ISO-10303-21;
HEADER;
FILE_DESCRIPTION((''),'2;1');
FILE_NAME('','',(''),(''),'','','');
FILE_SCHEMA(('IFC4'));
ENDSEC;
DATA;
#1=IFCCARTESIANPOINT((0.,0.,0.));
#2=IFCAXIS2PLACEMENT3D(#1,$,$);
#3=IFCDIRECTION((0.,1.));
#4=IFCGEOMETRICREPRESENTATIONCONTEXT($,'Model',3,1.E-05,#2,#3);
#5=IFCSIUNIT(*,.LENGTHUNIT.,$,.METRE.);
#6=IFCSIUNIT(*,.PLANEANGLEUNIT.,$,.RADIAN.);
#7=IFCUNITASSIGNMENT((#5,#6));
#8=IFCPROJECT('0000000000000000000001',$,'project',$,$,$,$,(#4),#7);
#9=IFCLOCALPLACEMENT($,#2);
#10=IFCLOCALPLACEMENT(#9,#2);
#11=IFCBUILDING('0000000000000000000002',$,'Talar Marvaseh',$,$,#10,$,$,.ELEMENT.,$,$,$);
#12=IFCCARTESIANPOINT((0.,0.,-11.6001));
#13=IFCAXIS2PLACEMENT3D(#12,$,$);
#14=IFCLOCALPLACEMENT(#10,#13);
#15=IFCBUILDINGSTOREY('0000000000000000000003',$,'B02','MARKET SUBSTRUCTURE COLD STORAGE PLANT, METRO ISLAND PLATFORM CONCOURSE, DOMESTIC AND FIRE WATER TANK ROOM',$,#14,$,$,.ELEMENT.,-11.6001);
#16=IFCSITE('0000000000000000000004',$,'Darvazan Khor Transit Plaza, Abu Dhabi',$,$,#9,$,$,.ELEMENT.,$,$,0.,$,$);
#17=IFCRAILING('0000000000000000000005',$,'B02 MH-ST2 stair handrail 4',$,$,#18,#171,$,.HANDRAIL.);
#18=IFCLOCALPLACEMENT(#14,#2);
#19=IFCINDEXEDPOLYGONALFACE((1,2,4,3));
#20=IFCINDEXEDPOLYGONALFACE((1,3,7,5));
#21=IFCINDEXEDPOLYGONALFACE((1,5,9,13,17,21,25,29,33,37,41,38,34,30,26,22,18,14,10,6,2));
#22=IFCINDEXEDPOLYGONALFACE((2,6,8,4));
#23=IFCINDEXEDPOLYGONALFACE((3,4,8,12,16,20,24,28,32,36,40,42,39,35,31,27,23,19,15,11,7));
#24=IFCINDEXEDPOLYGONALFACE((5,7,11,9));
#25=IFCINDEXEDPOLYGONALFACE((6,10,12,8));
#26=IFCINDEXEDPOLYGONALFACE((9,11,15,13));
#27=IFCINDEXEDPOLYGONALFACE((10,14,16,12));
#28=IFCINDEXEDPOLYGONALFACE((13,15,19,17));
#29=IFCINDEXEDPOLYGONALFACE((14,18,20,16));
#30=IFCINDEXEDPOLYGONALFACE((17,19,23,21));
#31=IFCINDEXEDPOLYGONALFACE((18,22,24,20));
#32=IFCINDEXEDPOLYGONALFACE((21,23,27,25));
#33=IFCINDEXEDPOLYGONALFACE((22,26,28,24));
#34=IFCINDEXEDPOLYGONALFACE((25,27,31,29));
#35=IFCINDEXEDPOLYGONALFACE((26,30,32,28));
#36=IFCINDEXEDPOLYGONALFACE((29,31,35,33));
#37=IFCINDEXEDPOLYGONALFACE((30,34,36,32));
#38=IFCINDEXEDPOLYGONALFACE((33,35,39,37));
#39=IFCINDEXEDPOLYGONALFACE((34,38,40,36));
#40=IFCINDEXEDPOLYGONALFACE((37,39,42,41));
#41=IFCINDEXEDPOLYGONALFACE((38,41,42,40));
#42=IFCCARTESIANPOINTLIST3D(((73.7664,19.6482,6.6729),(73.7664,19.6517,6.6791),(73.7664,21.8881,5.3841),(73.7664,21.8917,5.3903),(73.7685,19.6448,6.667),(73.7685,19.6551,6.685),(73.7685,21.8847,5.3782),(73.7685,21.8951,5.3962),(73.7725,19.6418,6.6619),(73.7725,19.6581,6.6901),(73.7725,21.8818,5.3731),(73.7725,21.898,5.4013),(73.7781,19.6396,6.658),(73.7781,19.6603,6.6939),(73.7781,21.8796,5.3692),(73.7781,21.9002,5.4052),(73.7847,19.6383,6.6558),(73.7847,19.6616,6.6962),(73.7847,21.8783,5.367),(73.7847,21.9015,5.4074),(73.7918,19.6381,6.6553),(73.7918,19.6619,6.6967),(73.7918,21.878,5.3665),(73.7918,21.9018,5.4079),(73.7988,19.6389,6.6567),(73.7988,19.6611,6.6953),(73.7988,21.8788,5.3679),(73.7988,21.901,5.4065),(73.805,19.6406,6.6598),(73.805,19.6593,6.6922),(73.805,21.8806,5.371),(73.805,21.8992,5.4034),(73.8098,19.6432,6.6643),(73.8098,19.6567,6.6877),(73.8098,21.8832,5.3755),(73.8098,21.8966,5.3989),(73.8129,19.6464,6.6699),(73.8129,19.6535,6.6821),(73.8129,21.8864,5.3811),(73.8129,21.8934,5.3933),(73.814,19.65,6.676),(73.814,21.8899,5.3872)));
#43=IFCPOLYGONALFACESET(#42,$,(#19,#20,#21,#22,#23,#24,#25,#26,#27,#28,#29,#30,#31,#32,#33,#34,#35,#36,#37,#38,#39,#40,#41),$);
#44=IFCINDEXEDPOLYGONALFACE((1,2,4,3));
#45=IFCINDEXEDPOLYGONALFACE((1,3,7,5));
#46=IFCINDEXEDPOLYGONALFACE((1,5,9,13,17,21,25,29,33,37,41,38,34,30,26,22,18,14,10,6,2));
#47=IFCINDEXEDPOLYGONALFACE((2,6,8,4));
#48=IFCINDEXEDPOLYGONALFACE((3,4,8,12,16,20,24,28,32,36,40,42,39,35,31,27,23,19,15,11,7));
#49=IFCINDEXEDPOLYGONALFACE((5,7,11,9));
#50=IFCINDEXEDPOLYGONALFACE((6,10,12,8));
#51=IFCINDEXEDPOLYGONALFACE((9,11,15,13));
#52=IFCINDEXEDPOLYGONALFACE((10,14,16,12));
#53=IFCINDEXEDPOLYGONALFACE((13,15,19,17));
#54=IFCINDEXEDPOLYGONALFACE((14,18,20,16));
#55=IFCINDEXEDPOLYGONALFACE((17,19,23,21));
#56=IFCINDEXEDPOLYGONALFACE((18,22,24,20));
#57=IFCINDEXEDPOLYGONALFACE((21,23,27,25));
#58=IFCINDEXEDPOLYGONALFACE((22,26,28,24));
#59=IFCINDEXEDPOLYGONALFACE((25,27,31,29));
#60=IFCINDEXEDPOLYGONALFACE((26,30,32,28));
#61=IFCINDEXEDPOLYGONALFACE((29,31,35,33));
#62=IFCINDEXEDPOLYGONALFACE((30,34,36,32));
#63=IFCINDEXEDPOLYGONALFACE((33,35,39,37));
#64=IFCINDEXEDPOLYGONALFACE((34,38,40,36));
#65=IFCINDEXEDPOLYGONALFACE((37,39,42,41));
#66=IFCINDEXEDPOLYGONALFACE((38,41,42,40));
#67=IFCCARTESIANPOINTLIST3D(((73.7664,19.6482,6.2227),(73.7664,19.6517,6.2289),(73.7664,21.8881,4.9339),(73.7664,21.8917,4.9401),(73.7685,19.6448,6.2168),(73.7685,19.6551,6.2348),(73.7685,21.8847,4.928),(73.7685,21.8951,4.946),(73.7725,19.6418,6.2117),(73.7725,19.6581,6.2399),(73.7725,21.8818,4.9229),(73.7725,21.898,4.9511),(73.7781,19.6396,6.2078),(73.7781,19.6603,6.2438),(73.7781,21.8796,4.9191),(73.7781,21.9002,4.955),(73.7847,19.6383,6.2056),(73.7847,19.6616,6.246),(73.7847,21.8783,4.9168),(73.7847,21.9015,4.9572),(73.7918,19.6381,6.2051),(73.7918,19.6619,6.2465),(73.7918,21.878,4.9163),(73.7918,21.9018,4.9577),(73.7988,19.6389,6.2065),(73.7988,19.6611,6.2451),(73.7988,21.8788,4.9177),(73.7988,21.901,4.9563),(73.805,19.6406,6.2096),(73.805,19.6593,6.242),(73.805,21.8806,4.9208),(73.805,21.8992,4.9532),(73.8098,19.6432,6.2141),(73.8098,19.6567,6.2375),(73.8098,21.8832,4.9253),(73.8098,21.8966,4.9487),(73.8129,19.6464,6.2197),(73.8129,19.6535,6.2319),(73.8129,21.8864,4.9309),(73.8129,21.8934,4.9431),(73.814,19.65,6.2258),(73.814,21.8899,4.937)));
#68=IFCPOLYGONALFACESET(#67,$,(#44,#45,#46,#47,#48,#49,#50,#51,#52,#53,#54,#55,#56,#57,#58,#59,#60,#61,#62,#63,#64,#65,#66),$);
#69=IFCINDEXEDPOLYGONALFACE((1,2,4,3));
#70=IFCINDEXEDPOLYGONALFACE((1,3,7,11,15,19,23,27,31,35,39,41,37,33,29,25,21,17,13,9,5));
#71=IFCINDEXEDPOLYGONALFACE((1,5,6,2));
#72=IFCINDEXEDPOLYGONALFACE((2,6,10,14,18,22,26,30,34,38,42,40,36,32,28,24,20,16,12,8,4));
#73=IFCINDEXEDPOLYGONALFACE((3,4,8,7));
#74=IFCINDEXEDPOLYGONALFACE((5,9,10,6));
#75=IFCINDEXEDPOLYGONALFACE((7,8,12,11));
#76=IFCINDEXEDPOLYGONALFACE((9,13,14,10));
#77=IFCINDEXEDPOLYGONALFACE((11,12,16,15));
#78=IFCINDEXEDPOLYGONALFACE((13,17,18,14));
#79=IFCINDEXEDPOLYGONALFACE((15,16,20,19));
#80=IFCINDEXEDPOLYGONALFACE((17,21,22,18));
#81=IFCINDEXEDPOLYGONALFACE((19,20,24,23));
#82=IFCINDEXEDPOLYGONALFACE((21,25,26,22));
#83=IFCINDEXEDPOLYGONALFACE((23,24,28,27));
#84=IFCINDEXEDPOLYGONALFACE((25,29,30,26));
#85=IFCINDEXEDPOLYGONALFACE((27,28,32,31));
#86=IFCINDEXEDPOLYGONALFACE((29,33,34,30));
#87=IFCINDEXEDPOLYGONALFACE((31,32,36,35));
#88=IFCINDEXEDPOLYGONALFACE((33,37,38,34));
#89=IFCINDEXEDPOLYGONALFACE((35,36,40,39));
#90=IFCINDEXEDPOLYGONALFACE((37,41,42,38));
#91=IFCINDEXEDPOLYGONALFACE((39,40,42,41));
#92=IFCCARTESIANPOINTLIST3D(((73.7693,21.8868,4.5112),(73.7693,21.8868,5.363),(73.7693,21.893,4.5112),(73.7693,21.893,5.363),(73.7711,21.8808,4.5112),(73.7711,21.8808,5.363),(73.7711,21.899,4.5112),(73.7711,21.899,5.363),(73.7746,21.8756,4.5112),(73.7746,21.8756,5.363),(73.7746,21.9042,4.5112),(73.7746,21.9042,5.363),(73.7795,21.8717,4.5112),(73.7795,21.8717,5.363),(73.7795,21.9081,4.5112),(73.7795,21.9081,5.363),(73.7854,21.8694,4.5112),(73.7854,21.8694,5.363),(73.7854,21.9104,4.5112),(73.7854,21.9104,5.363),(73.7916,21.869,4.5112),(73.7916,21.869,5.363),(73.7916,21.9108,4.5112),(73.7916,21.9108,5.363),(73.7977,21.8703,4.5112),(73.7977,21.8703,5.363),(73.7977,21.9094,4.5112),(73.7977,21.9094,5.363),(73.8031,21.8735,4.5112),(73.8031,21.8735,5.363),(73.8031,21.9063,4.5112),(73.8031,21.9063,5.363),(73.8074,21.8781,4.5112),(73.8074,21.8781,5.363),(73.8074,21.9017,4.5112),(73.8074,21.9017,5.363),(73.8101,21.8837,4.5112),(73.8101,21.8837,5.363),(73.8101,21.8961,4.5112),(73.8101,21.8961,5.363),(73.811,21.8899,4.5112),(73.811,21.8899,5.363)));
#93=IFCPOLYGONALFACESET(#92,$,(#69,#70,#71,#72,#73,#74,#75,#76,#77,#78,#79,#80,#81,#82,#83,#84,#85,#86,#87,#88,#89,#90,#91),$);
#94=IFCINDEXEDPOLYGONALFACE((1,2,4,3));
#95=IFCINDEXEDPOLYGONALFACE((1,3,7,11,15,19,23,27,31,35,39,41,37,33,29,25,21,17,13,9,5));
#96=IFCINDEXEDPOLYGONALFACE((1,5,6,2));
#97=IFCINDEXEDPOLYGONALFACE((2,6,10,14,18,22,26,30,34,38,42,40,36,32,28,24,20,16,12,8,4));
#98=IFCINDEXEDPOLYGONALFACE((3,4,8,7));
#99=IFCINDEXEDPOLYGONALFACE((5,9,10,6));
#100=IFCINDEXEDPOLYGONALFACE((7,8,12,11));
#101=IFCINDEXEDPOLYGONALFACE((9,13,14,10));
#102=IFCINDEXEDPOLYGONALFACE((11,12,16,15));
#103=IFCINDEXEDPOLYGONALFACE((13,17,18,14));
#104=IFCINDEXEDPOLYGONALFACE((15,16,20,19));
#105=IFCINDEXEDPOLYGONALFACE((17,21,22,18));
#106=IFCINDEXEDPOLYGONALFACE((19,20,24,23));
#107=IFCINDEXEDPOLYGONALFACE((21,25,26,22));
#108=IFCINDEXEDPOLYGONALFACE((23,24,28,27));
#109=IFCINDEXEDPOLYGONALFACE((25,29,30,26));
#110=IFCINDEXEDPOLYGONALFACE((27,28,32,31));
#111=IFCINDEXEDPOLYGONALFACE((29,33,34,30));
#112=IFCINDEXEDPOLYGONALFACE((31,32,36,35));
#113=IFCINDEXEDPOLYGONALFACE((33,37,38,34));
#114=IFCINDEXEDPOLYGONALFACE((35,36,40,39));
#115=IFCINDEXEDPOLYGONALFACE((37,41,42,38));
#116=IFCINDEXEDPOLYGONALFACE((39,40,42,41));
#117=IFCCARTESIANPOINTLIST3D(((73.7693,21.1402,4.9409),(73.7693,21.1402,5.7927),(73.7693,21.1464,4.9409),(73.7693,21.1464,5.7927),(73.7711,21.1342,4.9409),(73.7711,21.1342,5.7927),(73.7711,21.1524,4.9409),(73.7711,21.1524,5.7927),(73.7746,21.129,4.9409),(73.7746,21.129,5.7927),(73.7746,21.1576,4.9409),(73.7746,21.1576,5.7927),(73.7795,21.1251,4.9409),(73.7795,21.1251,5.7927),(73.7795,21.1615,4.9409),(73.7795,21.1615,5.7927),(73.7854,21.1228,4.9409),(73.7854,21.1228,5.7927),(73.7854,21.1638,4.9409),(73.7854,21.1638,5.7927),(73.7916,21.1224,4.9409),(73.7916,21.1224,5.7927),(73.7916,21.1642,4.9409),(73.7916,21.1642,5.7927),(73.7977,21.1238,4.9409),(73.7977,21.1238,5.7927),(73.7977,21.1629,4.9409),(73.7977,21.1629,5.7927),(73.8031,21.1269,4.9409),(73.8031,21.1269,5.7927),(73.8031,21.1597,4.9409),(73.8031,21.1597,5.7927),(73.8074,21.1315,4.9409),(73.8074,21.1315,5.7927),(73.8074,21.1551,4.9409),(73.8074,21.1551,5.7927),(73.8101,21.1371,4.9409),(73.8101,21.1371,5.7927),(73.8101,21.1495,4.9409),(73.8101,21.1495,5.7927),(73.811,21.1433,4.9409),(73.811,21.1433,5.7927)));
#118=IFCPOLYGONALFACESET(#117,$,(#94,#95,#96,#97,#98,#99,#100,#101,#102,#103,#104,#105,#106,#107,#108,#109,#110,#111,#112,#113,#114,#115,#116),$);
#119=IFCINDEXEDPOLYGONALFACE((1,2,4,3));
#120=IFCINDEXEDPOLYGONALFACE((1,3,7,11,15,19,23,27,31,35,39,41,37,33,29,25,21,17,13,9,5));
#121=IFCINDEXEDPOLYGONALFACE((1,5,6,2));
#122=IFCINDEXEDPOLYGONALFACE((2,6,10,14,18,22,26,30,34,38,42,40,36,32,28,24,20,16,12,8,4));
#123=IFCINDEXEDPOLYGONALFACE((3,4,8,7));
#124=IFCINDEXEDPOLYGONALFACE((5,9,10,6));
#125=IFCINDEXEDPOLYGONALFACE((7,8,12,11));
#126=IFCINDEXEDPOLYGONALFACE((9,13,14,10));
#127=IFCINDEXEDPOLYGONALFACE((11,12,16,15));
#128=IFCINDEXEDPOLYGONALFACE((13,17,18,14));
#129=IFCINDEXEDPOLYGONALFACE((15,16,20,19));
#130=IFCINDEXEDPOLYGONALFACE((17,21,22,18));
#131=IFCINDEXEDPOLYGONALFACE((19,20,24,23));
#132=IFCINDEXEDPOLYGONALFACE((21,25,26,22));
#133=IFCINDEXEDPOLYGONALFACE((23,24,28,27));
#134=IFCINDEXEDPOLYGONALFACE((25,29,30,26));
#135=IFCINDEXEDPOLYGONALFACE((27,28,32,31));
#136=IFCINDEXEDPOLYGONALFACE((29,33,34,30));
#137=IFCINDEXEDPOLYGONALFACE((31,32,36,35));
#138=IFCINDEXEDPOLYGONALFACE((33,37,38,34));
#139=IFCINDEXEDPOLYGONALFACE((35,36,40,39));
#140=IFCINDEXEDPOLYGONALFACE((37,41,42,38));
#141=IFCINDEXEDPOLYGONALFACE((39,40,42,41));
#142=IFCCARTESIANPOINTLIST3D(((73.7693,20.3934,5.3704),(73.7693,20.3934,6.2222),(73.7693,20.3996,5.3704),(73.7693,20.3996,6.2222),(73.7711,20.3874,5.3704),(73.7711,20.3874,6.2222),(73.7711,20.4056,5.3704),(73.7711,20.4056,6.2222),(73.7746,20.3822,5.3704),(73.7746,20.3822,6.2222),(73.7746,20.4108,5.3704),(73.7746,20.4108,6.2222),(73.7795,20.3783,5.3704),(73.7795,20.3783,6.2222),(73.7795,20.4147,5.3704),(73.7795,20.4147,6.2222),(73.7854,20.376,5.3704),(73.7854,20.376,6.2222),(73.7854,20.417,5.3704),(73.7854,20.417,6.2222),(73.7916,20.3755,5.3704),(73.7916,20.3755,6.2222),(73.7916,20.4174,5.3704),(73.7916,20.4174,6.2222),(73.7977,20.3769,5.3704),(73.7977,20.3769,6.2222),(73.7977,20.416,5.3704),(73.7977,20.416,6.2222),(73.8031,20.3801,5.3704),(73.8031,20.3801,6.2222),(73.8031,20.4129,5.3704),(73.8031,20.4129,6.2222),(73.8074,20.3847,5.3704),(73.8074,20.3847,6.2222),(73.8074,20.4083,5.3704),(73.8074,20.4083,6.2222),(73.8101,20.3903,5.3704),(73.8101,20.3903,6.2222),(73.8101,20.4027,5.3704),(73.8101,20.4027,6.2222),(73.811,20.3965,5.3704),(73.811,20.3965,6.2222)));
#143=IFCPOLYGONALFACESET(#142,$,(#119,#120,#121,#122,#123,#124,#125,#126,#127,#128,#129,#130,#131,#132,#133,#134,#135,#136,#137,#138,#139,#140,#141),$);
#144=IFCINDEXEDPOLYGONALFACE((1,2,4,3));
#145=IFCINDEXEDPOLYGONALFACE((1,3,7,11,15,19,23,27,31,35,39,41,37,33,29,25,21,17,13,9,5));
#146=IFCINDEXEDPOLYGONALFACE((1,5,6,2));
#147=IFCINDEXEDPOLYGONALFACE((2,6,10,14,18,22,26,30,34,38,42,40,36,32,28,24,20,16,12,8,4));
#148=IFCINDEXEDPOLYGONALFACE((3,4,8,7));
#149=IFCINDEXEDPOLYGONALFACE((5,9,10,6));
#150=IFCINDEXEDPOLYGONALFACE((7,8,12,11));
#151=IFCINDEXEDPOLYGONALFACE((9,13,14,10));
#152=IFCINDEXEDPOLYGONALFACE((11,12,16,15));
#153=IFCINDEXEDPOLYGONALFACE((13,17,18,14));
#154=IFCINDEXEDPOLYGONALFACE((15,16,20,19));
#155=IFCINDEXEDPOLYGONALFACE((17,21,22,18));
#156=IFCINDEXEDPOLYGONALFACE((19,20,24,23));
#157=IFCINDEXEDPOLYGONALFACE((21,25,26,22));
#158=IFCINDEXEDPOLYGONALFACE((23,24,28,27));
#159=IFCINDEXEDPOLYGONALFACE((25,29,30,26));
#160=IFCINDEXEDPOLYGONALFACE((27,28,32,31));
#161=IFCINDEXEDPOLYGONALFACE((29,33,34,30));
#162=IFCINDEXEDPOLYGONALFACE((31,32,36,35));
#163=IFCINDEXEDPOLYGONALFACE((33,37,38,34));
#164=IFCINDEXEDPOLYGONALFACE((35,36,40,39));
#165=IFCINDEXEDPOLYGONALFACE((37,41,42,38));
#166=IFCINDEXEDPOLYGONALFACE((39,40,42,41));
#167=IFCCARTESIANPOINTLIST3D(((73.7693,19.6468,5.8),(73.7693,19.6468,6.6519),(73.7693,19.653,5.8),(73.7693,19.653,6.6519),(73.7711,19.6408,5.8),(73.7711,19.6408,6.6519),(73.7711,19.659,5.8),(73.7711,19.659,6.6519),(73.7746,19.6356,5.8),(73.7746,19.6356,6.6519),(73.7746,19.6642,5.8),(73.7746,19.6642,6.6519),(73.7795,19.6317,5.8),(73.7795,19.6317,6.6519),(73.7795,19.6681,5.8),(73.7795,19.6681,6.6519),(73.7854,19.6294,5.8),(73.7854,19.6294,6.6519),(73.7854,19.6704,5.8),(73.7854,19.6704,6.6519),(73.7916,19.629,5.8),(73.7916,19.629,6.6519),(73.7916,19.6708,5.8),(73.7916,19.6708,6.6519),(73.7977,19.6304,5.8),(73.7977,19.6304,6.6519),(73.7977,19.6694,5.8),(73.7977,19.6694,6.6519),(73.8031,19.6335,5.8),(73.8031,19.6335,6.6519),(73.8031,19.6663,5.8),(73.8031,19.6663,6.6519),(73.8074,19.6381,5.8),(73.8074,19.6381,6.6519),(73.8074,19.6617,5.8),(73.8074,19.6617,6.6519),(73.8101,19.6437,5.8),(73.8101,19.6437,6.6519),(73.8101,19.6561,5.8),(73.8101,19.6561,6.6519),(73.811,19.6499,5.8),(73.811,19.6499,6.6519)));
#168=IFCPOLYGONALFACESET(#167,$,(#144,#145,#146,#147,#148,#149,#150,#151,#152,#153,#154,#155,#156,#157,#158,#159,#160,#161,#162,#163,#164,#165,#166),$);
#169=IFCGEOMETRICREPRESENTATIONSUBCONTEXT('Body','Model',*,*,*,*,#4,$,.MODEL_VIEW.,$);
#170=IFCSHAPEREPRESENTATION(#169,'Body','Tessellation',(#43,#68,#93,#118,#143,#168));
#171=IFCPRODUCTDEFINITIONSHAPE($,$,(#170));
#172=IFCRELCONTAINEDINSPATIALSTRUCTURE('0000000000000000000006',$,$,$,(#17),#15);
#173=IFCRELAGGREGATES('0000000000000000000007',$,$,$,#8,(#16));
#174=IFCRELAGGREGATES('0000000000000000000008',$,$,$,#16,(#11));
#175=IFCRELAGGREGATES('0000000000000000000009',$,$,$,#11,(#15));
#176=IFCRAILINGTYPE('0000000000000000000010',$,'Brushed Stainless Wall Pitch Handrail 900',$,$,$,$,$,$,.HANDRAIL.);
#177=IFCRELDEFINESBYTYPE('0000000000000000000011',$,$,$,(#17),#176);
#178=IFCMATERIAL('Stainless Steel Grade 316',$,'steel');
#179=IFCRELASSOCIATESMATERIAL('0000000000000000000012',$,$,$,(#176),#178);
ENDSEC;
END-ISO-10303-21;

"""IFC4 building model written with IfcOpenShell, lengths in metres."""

from ifc_helpers import new_model, si_unit, direction, frame, origin, origin_2d, place, context, subcontext, project, spatial, circle, extrude, material, type_object, element, save


model = new_model("IFC4")

# Units and contexts
model_context = context("Model", 3, precision=1e-05, world=origin(), true_north=direction((0.0, 1.0)))
body_context = subcontext(model_context, "Body", "Model", "MODEL_VIEW")
ifc_project = project(units=[si_unit("LENGTHUNIT", "METRE"), si_unit("PLANEANGLEUNIT", "RADIAN")], contexts=[model_context])

# Site, building, storey
site_placement = place(None, origin())
site = spatial("IfcSite", under=ifc_project, at=site_placement, Name="Darvazan Khor Transit Plaza, Abu Dhabi", CompositionType="ELEMENT", RefElevation=0.0)
building_placement = place(site_placement, origin())
building = spatial("IfcBuilding", under=site, at=building_placement, Name="Talar Marvaseh", CompositionType="ELEMENT")
storey_placement = place(building_placement, frame((0.0, 0.0, -11.6001)))
storey = spatial("IfcBuildingStorey", under=building, at=storey_placement, Name="B02", Description="MARKET SUBSTRUCTURE COLD STORAGE PLANT, METRO ISLAND PLATFORM CONCOURSE, DOMESTIC AND FIRE WATER TANK ROOM", CompositionType="ELEMENT", Elevation=-11.6001)

# Railing
ifc_material_1 = material(Name="Stainless Steel Grade 316", Category="steel")
railing_type_1 = type_object("IfcRailingType", Name="Brushed Stainless Wall Pitch Handrail 900", PredefinedType="HANDRAIL", material=ifc_material_1)
for number, where, name in (
    (1, (73.79, 21.8899, 4.5112), "B02 MH-ST2 stair handrail 4"),
):
    element("IfcRailing", number, at=place(storey_placement, frame(where)), inside=storey, type_object=railing_type_1, Name=name, PredefinedType="HANDRAIL", context=body_context, shape_type="SweptSolid", body=[
        extrude(circle(Radius=0.0239, at=origin_2d()), frame((0.0, 0.0, 0.876), z_axis=(0.0, -0.866768, 0.498711), x_axis=(1.0, 0.0, 0.0)), (0.0, 0.0, 1.0), 2.5842),
        extrude(circle(Radius=0.0239, at=origin_2d()), frame((0.0, 0.0, 0.4258), z_axis=(0.0, -0.866768, 0.498711), x_axis=(1.0, 0.0, 0.0)), (0.0, 0.0, 1.0), 2.5842),
        extrude(circle(Radius=0.021, at=origin_2d()), origin(), (0.0, 0.0, 1.0), 0.8518),
        extrude(circle(Radius=0.021, at=origin_2d()), frame((0.0, -0.7466, 0.4297)), (0.0, 0.0, 1.0), 0.8518),
        extrude(circle(Radius=0.021, at=origin_2d()), frame((0.0, -1.4934, 0.8591)), (0.0, 0.0, 1.0), 0.8518),
        extrude(circle(Radius=0.021, at=origin_2d()), frame((0.0, -2.24, 1.2888)), (0.0, 0.0, 1.0), 0.8518),
    ])

save(model, "model.ifc")
